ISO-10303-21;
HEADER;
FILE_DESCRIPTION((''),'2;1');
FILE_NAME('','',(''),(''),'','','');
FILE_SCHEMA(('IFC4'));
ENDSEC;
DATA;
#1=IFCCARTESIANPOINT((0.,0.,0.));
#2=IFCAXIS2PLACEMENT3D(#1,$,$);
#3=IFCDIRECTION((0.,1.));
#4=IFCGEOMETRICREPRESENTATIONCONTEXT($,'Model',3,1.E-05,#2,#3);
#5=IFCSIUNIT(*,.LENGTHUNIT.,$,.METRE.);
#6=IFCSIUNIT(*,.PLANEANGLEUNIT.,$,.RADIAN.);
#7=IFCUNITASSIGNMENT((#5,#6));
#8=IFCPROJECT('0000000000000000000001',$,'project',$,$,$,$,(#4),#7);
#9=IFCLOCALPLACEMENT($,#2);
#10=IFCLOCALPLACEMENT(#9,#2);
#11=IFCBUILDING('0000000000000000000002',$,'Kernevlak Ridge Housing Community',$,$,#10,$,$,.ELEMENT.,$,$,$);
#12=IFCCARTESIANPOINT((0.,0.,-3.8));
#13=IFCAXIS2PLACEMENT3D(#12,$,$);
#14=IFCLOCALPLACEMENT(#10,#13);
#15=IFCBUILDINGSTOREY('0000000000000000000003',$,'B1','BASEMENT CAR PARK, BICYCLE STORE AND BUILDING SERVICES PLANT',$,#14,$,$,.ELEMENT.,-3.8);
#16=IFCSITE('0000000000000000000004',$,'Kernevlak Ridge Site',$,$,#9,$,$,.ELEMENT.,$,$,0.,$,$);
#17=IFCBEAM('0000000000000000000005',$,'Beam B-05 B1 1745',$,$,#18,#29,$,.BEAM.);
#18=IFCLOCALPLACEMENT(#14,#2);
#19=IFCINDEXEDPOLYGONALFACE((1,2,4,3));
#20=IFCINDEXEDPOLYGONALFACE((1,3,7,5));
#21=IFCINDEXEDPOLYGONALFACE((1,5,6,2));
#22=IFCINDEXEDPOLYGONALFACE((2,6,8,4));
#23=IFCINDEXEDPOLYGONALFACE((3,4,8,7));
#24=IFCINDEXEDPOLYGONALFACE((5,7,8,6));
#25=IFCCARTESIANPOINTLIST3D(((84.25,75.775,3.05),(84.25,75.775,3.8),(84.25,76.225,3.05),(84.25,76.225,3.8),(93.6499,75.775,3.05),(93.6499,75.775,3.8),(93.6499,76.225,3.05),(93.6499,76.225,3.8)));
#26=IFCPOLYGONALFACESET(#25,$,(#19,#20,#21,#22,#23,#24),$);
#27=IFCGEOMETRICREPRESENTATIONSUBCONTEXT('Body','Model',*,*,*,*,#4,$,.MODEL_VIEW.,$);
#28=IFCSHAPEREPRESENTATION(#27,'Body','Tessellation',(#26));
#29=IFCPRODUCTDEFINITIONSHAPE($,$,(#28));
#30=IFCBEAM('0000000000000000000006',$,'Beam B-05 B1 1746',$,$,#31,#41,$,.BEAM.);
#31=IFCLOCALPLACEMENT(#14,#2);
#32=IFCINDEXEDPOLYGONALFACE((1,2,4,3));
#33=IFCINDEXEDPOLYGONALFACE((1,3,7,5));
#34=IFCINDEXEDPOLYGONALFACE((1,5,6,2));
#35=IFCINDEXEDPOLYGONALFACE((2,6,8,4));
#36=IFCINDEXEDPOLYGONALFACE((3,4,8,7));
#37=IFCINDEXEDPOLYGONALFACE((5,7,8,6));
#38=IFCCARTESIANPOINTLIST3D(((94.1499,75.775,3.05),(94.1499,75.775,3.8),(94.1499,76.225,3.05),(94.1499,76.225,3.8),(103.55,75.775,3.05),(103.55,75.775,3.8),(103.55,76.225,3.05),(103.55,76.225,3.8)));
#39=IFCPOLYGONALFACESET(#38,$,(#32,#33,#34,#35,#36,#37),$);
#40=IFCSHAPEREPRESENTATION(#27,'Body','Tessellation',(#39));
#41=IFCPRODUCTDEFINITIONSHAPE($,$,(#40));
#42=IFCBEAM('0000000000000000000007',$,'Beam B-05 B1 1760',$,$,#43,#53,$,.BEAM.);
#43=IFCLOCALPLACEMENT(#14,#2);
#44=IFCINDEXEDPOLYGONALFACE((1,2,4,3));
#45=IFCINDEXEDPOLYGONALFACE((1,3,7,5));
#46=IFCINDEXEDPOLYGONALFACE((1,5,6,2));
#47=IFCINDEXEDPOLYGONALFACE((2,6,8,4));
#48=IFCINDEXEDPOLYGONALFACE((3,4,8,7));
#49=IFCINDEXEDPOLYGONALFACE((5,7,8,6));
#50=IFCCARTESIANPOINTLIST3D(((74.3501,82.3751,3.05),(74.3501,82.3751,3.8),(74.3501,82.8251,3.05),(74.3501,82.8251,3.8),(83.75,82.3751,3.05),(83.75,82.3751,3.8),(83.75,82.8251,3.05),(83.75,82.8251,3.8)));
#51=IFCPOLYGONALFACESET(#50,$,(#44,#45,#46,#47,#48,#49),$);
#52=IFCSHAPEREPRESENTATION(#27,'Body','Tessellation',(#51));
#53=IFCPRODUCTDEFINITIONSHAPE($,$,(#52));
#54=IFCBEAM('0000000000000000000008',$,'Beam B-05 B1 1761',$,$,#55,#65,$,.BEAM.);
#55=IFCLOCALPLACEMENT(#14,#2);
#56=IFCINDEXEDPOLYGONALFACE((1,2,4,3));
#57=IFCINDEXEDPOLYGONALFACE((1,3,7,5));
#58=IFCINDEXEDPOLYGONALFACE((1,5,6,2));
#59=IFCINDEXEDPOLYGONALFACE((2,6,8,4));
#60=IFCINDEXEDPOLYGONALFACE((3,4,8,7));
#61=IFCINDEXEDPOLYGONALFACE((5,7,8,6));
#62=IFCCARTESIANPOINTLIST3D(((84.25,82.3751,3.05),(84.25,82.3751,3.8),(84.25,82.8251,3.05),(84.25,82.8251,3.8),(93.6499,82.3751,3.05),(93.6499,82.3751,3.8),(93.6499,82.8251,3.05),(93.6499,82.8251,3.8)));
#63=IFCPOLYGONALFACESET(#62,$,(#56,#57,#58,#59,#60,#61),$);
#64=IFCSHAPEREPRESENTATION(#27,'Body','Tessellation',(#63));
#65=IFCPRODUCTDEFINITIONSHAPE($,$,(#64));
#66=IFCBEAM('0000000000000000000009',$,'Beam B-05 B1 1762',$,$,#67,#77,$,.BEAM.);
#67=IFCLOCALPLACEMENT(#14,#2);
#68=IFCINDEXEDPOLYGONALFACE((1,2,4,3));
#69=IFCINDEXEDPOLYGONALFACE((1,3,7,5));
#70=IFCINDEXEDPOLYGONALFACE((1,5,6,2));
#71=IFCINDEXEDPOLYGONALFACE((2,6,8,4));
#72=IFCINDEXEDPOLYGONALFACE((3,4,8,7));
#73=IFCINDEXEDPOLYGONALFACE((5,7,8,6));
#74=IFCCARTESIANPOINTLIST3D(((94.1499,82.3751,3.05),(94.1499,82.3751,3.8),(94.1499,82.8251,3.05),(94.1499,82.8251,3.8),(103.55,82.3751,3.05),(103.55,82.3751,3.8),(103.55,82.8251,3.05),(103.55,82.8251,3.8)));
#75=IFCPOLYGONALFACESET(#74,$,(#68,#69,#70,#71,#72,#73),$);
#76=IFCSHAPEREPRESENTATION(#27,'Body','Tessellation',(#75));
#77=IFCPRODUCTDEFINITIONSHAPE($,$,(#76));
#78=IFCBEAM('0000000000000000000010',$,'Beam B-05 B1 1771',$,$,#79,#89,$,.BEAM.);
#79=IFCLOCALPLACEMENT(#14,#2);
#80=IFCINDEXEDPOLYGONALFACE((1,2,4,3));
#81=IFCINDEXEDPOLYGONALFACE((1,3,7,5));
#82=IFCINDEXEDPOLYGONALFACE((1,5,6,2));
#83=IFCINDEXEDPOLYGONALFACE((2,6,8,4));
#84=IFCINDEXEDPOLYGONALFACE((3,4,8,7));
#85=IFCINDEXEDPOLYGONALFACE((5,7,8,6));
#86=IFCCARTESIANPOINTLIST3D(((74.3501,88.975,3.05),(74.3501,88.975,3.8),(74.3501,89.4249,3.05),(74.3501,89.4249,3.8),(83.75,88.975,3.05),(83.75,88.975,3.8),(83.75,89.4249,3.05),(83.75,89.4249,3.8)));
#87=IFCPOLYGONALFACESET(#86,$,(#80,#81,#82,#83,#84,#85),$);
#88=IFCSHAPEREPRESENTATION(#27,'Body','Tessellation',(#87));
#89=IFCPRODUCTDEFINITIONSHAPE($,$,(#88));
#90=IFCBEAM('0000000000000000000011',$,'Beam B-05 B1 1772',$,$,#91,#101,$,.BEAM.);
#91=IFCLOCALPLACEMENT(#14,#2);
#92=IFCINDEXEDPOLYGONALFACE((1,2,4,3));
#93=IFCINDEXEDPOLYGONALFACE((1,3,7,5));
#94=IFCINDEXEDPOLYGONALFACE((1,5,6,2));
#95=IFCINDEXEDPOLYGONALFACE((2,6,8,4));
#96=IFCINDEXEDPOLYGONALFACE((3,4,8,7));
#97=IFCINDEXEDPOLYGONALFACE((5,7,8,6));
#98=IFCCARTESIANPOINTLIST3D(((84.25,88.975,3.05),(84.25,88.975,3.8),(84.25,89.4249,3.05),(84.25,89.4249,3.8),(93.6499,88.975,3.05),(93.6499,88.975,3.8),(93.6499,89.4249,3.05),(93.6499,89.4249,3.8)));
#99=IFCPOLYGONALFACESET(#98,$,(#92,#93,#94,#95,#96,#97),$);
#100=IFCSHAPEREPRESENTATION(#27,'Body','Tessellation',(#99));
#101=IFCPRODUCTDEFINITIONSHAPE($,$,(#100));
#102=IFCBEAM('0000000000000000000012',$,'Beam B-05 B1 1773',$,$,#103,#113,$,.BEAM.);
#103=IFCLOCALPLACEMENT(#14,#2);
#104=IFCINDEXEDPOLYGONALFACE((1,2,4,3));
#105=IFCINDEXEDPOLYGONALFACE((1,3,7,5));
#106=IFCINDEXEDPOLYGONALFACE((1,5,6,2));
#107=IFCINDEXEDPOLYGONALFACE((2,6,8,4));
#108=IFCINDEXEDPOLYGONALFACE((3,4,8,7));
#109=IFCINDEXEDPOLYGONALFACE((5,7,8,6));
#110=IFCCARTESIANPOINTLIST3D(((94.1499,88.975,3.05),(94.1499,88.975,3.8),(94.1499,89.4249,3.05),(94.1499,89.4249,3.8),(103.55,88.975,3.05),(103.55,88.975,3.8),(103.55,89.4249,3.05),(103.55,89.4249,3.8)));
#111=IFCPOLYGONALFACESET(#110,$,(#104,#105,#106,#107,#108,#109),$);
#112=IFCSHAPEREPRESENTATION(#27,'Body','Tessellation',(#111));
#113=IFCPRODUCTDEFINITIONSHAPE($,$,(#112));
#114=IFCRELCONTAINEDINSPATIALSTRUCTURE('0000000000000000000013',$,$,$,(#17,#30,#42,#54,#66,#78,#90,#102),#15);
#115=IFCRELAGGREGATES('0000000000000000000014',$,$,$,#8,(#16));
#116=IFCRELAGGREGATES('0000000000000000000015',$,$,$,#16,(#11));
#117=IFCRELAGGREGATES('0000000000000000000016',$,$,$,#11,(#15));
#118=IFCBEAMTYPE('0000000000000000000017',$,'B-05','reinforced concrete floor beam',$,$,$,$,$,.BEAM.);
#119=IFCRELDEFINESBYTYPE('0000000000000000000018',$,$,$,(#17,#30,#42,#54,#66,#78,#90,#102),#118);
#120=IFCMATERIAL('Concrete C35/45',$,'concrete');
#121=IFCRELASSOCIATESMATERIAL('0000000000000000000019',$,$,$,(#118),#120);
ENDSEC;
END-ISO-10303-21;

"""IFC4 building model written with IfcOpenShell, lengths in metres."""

from ifc_helpers import new_model, si_unit, direction, frame, origin, origin_2d, place, context, subcontext, project, spatial, rectangle, extrude, material, material_profile, profile_set, type_object, element, save


model = new_model("IFC4")

# Units and contexts
model_context = context("Model", 3, precision=1e-05, world=origin(), true_north=direction((0.0, 1.0)))
body_context = subcontext(model_context, "Body", "Model", "MODEL_VIEW")
ifc_project = project(units=[si_unit("LENGTHUNIT", "METRE"), si_unit("PLANEANGLEUNIT", "RADIAN")], contexts=[model_context])

# Site, building, storey
site_placement = place(None, origin())
site = spatial("IfcSite", under=ifc_project, at=site_placement, Name="Kernevlak Ridge Site", CompositionType="ELEMENT", RefElevation=0.0)
building_placement = place(site_placement, origin())
building = spatial("IfcBuilding", under=site, at=building_placement, Name="Kernevlak Ridge Housing Community", CompositionType="ELEMENT")
storey_placement = place(building_placement, frame((0.0, 0.0, -3.8)))
storey = spatial("IfcBuildingStorey", under=building, at=storey_placement, Name="B1", Description="BASEMENT CAR PARK, BICYCLE STORE AND BUILDING SERVICES PLANT", CompositionType="ELEMENT", Elevation=-3.8)

# Shared definitions
ifc_material_1 = material(Name="Concrete C35/45", Category="concrete")

# Beams
ifc_material_profile_1 = material_profile(ifc_material_1, rectangle(XDim=0.45, YDim=0.75, at=origin_2d()), Name="RC 450x750")
ifc_profile_set_1 = profile_set([ifc_material_profile_1], Name="Concrete C35/45")
beam_type_1 = type_object("IfcBeamType", Name="B-05", Description="reinforced concrete floor beam", PredefinedType="BEAM", material=ifc_profile_set_1)
beam_1_placement = place(storey_placement, frame((84.25, 76.0, 3.425), z_axis=(1.0, 0.0, 0.0), x_axis=(0.0, 1.0, 0.0)))
element("IfcBeam", 1, at=beam_1_placement, inside=storey, type_object=beam_type_1, Name="Beam B-05 B1 1745", PredefinedType="BEAM", context=body_context, shape_type="SweptSolid", body=[
    extrude(rectangle(XDim=0.45, YDim=0.75, at=origin_2d()), origin(), (0.0, 0.0, 1.0), 9.3999),
])
beam_2_placement = place(storey_placement, frame((94.1499, 76.0, 3.425), z_axis=(1.0, 0.0, 0.0), x_axis=(0.0, 1.0, 0.0)))
element("IfcBeam", 2, at=beam_2_placement, inside=storey, type_object=beam_type_1, Name="Beam B-05 B1 1746", PredefinedType="BEAM", context=body_context, shape_type="SweptSolid", body=[
    extrude(rectangle(XDim=0.45, YDim=0.75, at=origin_2d()), origin(), (0.0, 0.0, 1.0), 9.4001),
])
for number, where, z_axis, x_axis, name in (
    (3, (74.3501, 82.6001, 3.425), (1.0, 0.0, 0.0), (0.0, 1.0, 0.0), "Beam B-05 B1 1760"),
    (4, (84.25, 82.6001, 3.425), (1.0, 0.0, 0.0), (0.0, 1.0, 0.0), "Beam B-05 B1 1761"),
):
    element("IfcBeam", number, at=place(storey_placement, frame(where, z_axis=z_axis, x_axis=x_axis)), inside=storey, type_object=beam_type_1, Name=name, PredefinedType="BEAM", context=body_context, shape_type="SweptSolid", body=[
        extrude(rectangle(XDim=0.45, YDim=0.75, at=origin_2d()), origin(), (0.0, 0.0, 1.0), 9.3999),
    ])
beam_3_placement = place(storey_placement, frame((94.1499, 82.6001, 3.425), z_axis=(1.0, 0.0, 0.0), x_axis=(0.0, 1.0, 0.0)))
element("IfcBeam", 5, at=beam_3_placement, inside=storey, type_object=beam_type_1, Name="Beam B-05 B1 1762", PredefinedType="BEAM", context=body_context, shape_type="SweptSolid", body=[
    extrude(rectangle(XDim=0.45, YDim=0.75, at=origin_2d()), origin(), (0.0, 0.0, 1.0), 9.4001),
])
for number, where, z_axis, x_axis, name in (
    (6, (74.3501, 89.2, 3.425), (1.0, 0.0, 0.0), (0.0, 1.0, 0.0), "Beam B-05 B1 1771"),
    (7, (84.25, 89.2, 3.425), (1.0, 0.0, 0.0), (0.0, 1.0, 0.0), "Beam B-05 B1 1772"),
):
    element("IfcBeam", number, at=place(storey_placement, frame(where, z_axis=z_axis, x_axis=x_axis)), inside=storey, type_object=beam_type_1, Name=name, PredefinedType="BEAM", context=body_context, shape_type="SweptSolid", body=[
        extrude(rectangle(XDim=0.45, YDim=0.75, at=origin_2d()), origin(), (0.0, 0.0, 1.0), 9.3999),
    ])
beam_4_placement = place(storey_placement, frame((94.1499, 89.2, 3.425), z_axis=(1.0, 0.0, 0.0), x_axis=(0.0, 1.0, 0.0)))
element("IfcBeam", 8, at=beam_4_placement, inside=storey, type_object=beam_type_1, Name="Beam B-05 B1 1773", PredefinedType="BEAM", context=body_context, shape_type="SweptSolid", body=[
    extrude(rectangle(XDim=0.45, YDim=0.75, at=origin_2d()), origin(), (0.0, 0.0, 1.0), 9.4001),
])

save(model, "model.ifc")
